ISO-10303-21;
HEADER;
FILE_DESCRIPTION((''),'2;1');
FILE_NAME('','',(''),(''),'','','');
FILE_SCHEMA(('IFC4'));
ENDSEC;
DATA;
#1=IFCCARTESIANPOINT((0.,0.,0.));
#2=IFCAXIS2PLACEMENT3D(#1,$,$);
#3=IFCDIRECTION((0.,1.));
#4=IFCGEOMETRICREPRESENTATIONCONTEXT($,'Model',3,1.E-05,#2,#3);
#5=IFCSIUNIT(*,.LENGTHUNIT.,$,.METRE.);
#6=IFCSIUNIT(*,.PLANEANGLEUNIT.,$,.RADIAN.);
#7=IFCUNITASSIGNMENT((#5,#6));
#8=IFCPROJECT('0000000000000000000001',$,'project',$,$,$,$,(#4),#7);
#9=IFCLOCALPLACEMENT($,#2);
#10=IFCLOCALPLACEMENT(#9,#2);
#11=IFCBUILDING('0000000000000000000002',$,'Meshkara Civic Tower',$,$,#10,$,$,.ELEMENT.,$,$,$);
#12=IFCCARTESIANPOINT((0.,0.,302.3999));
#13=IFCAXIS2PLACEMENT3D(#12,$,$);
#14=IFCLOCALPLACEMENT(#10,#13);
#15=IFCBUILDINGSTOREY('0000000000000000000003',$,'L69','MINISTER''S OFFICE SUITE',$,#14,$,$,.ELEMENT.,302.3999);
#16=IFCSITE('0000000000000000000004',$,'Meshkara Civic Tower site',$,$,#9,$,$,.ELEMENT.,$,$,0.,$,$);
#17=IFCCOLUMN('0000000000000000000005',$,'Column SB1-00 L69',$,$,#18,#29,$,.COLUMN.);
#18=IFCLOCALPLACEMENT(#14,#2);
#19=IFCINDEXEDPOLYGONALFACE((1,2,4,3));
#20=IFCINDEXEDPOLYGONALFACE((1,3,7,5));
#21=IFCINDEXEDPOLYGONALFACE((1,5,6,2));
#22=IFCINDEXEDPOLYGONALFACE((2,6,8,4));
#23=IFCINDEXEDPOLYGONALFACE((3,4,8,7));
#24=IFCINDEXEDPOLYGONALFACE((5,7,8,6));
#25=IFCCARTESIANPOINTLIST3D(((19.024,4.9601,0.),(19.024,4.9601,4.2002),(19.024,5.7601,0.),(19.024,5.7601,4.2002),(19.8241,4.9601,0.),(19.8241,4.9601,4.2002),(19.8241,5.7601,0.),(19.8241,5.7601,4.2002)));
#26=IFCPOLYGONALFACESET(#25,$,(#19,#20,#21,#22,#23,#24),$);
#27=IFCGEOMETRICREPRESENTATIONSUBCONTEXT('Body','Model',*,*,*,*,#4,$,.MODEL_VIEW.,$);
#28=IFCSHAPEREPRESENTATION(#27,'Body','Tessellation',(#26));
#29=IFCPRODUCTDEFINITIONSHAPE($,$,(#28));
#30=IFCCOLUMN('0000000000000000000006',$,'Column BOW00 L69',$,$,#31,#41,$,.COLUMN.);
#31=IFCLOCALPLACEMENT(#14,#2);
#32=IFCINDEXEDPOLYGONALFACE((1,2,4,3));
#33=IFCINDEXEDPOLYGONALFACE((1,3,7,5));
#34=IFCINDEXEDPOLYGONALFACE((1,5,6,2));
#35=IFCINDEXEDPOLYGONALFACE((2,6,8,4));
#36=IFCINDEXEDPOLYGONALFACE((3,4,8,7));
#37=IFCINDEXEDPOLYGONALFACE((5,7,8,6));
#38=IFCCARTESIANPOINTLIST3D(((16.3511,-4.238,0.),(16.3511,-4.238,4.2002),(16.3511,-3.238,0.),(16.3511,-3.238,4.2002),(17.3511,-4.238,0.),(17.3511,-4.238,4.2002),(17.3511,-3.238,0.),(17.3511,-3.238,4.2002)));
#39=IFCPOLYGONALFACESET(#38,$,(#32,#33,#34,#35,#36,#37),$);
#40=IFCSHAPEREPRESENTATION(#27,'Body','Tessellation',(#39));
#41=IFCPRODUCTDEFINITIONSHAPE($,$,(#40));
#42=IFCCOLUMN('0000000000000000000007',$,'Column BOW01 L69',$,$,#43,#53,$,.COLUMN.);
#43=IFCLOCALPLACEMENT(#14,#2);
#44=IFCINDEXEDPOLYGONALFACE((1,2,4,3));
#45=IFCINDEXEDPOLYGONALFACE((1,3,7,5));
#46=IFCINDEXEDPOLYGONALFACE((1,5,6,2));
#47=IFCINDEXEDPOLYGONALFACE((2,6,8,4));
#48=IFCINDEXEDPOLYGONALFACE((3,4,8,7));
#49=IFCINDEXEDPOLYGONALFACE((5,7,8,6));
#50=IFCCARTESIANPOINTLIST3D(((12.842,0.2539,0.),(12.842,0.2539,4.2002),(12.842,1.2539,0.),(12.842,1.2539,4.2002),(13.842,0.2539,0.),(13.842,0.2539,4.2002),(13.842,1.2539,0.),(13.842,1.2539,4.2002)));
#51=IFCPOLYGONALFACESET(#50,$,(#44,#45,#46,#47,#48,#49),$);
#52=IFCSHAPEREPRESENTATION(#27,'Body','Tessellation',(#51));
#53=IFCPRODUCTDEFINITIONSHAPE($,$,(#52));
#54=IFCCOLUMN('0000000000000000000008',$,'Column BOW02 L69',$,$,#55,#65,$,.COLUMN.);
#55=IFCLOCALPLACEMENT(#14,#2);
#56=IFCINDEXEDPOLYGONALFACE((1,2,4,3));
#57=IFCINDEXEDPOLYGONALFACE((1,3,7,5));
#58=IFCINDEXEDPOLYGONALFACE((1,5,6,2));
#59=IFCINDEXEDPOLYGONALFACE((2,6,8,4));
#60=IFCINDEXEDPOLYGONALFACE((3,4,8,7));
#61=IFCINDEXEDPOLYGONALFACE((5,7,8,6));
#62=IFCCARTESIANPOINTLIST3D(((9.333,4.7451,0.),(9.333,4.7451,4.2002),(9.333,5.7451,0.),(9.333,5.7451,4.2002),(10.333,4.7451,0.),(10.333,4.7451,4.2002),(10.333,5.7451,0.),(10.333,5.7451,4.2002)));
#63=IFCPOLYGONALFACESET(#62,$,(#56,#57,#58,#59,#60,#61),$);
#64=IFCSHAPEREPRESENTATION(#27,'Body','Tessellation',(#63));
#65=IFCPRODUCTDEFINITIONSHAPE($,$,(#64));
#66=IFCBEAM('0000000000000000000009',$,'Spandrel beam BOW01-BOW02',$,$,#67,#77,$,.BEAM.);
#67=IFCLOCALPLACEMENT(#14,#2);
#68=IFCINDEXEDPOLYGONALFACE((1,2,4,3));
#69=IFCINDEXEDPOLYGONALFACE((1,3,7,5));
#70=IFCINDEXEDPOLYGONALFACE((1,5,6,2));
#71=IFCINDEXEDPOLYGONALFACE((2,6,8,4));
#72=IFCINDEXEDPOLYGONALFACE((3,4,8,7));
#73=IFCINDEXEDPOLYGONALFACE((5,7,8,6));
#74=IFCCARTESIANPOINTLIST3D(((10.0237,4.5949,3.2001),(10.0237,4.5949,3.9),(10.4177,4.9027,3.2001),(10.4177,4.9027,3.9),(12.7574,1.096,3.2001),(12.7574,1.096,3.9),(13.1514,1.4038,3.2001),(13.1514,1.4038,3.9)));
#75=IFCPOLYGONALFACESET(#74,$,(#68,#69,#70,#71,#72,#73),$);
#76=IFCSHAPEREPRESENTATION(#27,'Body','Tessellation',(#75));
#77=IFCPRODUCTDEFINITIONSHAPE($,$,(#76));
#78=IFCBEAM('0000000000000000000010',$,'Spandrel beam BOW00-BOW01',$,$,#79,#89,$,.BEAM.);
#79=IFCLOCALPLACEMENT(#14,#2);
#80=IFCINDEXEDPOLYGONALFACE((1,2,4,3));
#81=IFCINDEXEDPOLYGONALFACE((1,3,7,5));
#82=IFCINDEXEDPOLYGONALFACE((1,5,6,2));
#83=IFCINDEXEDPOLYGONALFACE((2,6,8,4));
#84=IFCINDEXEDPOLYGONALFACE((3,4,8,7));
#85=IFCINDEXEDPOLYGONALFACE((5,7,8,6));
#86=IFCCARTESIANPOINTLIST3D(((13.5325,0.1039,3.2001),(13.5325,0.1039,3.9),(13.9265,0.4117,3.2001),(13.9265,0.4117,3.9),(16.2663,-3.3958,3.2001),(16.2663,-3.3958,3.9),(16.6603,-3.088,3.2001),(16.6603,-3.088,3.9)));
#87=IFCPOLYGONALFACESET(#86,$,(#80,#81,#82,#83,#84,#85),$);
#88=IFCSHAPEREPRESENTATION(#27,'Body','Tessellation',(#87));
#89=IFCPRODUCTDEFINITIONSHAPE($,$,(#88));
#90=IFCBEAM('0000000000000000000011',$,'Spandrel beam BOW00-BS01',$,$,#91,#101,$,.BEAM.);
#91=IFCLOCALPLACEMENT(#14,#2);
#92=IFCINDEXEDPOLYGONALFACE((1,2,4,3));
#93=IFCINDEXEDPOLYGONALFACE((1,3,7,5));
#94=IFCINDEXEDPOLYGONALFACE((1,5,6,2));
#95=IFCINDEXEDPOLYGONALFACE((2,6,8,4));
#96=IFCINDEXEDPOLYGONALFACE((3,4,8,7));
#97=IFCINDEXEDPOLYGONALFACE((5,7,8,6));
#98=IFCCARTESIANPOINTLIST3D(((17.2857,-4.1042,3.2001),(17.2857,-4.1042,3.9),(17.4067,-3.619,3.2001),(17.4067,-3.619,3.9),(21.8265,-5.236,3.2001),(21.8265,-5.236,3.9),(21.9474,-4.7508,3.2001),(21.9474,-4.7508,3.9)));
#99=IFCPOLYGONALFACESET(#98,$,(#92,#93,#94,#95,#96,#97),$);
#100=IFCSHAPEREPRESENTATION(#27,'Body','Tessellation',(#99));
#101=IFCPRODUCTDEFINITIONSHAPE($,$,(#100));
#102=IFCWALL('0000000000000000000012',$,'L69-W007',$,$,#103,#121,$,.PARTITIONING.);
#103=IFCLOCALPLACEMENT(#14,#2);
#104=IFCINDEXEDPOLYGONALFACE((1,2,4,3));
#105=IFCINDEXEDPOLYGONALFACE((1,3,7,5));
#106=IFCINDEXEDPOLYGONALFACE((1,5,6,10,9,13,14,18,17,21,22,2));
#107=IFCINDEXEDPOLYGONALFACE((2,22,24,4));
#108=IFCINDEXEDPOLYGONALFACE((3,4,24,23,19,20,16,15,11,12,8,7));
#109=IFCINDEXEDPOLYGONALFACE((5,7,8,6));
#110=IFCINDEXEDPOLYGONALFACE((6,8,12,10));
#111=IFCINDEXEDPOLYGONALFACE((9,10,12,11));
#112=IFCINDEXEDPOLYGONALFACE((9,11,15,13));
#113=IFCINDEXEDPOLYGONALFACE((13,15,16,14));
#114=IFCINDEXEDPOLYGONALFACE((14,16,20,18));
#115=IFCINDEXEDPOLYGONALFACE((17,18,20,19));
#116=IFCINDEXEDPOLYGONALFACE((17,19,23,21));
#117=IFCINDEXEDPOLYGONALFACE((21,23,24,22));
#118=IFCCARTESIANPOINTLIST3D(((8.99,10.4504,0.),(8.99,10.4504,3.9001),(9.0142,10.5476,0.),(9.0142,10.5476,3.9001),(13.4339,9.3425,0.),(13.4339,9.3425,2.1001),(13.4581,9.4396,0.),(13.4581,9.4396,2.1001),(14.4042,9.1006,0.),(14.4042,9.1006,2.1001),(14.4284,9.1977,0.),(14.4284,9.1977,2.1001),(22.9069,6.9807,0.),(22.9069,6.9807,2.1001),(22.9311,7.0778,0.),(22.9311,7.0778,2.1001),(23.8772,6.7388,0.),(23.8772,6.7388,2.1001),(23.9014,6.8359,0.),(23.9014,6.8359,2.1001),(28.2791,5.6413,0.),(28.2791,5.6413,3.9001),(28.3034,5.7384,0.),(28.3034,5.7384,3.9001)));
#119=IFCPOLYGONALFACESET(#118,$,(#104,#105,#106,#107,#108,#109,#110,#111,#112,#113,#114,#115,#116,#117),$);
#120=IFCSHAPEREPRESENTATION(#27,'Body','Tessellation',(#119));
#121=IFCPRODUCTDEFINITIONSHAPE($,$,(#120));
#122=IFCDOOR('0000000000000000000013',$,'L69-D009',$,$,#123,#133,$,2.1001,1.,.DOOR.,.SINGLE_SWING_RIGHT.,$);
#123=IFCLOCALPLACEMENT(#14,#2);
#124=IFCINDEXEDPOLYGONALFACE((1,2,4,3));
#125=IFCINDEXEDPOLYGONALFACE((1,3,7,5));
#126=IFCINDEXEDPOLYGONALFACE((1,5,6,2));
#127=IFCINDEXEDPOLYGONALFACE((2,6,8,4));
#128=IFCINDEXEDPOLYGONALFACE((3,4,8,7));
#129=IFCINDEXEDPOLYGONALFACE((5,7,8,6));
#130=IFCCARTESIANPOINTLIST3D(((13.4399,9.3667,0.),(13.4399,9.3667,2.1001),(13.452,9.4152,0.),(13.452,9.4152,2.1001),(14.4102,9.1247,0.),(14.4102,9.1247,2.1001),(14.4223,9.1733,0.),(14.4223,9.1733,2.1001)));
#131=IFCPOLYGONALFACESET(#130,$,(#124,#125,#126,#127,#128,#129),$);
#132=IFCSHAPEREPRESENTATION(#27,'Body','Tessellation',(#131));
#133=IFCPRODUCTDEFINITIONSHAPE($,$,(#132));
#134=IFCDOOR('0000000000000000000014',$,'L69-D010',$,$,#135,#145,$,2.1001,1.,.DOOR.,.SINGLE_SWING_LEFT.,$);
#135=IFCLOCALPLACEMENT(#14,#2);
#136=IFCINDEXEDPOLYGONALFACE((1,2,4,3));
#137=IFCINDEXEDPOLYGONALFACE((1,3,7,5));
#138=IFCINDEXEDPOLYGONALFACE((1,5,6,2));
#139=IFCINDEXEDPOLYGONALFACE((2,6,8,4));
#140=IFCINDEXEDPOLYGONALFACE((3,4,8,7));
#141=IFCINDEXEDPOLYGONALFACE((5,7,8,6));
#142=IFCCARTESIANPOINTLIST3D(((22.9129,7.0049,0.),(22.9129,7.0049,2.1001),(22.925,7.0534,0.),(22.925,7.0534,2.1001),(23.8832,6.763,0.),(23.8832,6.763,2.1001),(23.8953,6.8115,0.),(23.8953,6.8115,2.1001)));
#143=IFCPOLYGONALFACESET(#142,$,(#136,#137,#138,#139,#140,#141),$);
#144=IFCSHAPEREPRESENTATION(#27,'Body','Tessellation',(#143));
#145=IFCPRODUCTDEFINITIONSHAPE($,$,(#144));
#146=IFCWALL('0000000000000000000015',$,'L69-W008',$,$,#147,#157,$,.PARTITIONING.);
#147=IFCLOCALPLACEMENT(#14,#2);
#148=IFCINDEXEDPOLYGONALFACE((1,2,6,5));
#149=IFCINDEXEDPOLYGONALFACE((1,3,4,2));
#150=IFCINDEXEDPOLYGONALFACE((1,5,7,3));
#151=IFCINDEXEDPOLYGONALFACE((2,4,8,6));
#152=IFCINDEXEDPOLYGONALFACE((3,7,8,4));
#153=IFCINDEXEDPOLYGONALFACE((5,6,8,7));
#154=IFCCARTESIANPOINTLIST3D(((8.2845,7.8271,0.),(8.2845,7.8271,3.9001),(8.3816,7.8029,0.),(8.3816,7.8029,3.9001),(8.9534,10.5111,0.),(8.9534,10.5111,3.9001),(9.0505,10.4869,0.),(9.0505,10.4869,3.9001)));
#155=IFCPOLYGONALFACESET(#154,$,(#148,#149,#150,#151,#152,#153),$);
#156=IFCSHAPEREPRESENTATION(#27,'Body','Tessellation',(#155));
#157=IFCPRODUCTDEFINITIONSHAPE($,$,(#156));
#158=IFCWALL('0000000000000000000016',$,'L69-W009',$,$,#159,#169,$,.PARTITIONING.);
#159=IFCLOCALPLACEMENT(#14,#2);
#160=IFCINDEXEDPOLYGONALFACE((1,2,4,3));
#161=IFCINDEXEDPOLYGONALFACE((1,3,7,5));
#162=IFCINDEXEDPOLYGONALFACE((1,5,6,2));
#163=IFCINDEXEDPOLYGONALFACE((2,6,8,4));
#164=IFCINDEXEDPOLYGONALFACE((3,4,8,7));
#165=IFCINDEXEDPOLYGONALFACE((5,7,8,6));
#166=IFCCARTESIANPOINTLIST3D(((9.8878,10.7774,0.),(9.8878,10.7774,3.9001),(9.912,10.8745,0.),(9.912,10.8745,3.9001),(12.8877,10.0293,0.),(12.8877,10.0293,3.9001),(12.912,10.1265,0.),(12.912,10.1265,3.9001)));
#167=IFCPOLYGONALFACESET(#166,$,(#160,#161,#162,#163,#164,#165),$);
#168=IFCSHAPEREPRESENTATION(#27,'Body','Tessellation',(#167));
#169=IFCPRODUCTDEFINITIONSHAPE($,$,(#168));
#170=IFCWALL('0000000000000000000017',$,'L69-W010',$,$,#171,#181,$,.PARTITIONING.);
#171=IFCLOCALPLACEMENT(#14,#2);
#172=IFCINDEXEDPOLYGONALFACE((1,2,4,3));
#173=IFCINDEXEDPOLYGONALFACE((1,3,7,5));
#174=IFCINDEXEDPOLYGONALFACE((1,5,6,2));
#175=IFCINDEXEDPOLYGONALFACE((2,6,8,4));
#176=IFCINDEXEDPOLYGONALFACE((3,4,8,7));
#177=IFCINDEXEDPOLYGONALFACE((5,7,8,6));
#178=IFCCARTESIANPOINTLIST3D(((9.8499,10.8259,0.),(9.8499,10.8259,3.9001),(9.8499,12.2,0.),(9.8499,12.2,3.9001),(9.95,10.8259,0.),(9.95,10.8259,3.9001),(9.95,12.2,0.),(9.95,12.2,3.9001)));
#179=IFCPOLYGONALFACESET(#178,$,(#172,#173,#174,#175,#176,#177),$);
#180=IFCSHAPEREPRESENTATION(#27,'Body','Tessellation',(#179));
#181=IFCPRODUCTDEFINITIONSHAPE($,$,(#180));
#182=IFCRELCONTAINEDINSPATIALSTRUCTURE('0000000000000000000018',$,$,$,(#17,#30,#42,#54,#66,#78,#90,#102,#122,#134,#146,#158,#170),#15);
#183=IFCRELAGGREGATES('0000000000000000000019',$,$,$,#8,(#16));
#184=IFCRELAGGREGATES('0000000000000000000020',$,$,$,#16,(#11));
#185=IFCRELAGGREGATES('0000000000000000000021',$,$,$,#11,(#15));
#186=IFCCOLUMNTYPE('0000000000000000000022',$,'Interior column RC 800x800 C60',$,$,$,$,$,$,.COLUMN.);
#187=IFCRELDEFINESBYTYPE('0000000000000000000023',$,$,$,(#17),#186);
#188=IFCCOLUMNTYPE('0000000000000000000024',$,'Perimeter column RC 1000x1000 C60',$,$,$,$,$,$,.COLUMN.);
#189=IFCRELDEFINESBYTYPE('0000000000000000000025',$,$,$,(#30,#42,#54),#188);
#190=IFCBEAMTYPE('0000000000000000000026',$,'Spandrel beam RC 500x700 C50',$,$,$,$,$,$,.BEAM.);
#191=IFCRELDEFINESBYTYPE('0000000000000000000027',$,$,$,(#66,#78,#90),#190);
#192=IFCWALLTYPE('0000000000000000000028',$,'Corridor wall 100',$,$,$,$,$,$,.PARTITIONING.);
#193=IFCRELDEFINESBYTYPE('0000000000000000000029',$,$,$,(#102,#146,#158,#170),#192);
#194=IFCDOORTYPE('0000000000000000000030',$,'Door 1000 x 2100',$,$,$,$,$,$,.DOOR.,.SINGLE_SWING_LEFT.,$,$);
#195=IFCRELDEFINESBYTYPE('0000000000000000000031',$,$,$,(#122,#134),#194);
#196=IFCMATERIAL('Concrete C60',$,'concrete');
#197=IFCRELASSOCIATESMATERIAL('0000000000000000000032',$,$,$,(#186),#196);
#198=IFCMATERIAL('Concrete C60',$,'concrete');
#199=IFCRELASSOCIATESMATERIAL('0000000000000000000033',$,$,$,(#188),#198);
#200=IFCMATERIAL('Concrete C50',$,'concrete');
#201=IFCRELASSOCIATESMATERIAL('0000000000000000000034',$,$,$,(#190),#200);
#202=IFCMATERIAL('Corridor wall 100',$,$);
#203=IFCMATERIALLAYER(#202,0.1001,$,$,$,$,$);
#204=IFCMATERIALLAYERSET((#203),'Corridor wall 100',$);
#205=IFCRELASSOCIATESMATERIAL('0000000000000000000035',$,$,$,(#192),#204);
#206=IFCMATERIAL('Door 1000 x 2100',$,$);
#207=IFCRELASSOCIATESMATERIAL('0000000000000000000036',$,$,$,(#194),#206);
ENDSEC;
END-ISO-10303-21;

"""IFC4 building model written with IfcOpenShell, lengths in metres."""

from ifc_helpers import new_model, si_unit, direction, frame, frame_2d, origin, origin_2d, place, context, subcontext, project, spatial, rectangle, extrude, material, layer, layer_set, material_profile, profile_set, type_object, element, fill, save


model = new_model("IFC4")

# Units and contexts
model_context = context("Model", 3, precision=1e-05, world=origin(), true_north=direction((0.0, 1.0)))
body_context = subcontext(model_context, "Body", "Model", "MODEL_VIEW")
ifc_project = project(units=[si_unit("LENGTHUNIT", "METRE"), si_unit("PLANEANGLEUNIT", "RADIAN")], contexts=[model_context])

# Site, building, storey
site_placement = place(None, origin())
site = spatial("IfcSite", under=ifc_project, at=site_placement, Name="Meshkara Civic Tower site", CompositionType="ELEMENT", RefElevation=0.0)
building_placement = place(site_placement, origin())
building = spatial("IfcBuilding", under=site, at=building_placement, Name="Meshkara Civic Tower", CompositionType="ELEMENT")
storey_placement = place(building_placement, frame((0.0, 0.0, 302.3999)))
storey = spatial("IfcBuildingStorey", under=building, at=storey_placement, Name="L69", Description="MINISTER'S OFFICE SUITE", CompositionType="ELEMENT", Elevation=302.3999)

# Columns
ifc_material_1 = material(Name="Concrete C60", Category="concrete")
ifc_material_profile_1 = material_profile(ifc_material_1, rectangle(XDim=0.8, YDim=0.8, at=origin_2d()))
ifc_profile_set_1 = profile_set([ifc_material_profile_1], Name="Concrete C60")
column_type_1 = type_object("IfcColumnType", Name="Interior column RC 800x800 C60", PredefinedType="COLUMN", material=ifc_profile_set_1)
column_placement = place(storey_placement, frame((19.4241, 5.3601, 0.0), z_axis=(0.0, 0.0, 1.0), x_axis=(1.0, 0.0, 0.0)))
element("IfcColumn", 1, at=column_placement, inside=storey, type_object=column_type_1, Name="Column SB1-00 L69", PredefinedType="COLUMN", context=body_context, shape_type="SweptSolid", body=[
    extrude(rectangle(XDim=0.8, YDim=0.8, at=origin_2d()), origin(), (0.0, 0.0, 1.0), 4.2002),
])
ifc_material_2 = material(Name="Concrete C60", Category="concrete")
ifc_material_profile_2 = material_profile(ifc_material_2, rectangle(XDim=1.0, YDim=1.0, at=origin_2d()))
ifc_profile_set_2 = profile_set([ifc_material_profile_2], Name="Concrete C60")
column_type_2 = type_object("IfcColumnType", Name="Perimeter column RC 1000x1000 C60", PredefinedType="COLUMN", material=ifc_profile_set_2)
for number, where, z_axis, x_axis, name in (
    (2, (16.8511, -3.738, 0.0), (0.0, 0.0, 1.0), (1.0, 0.0, 0.0), "Column BOW00 L69"),
    (3, (13.342, 0.7539, 0.0), (0.0, 0.0, 1.0), (1.0, 0.0, 0.0), "Column BOW01 L69"),
    (4, (9.833, 5.2451, 0.0), (0.0, 0.0, 1.0), (1.0, 0.0, 0.0), "Column BOW02 L69"),
):
    element("IfcColumn", number, at=place(storey_placement, frame(where, z_axis=z_axis, x_axis=x_axis)), inside=storey, type_object=column_type_2, Name=name, PredefinedType="COLUMN", context=body_context, shape_type="SweptSolid", body=[
        extrude(rectangle(XDim=1.0, YDim=1.0, at=origin_2d()), origin(), (0.0, 0.0, 1.0), 4.2002),
    ])

# Beams
ifc_material_3 = material(Name="Concrete C50", Category="concrete")
ifc_material_profile_3 = material_profile(ifc_material_3, rectangle(XDim=0.5, YDim=0.7, at=origin_2d()))
ifc_profile_set_3 = profile_set([ifc_material_profile_3], Name="Concrete C50")
beam_type = type_object("IfcBeamType", Name="Spandrel beam RC 500x700 C50", PredefinedType="BEAM", material=ifc_profile_set_3)
beam_1_placement = place(storey_placement, frame((10.2207, 4.7488, 3.55), z_axis=(0.615675, -0.788, 0.0), x_axis=(0.788, 0.615675, 0.0)))
element("IfcBeam", 5, at=beam_1_placement, inside=storey, type_object=beam_type, Name="Spandrel beam BOW01-BOW02", PredefinedType="BEAM", context=body_context, shape_type="SweptSolid", body=[
    extrude(rectangle(XDim=0.5, YDim=0.7, at=origin_2d()), origin(), (0.0, 0.0, 1.0), 4.4402),
])
beam_2_placement = place(storey_placement, frame((13.7295, 0.2578, 3.55), z_axis=(0.615602, -0.788057, 0.0), x_axis=(0.788057, 0.615602, 0.0)))
element("IfcBeam", 6, at=beam_2_placement, inside=storey, type_object=beam_type, Name="Spandrel beam BOW00-BOW01", PredefinedType="BEAM", context=body_context, shape_type="SweptSolid", body=[
    extrude(rectangle(XDim=0.5, YDim=0.7, at=origin_2d()), origin(), (0.0, 0.0, 1.0), 4.4409),
])
beam_3_placement = place(storey_placement, frame((17.3462, -3.8616, 3.55), z_axis=(0.970311, -0.24186, 0.0), x_axis=(0.24186, 0.970311, 0.0)))
element("IfcBeam", 7, at=beam_3_placement, inside=storey, type_object=beam_type, Name="Spandrel beam BOW00-BS01", PredefinedType="BEAM", context=body_context, shape_type="SweptSolid", body=[
    extrude(rectangle(XDim=0.5, YDim=0.7, at=origin_2d()), origin(), (0.0, 0.0, 1.0), 4.6797),
])

# Wall, openings, doors
ifc_material_4 = material(Name="Corridor wall 100")
ifc_layer_1 = layer(ifc_material_4, 0.1001)
ifc_layer_set_1 = layer_set([ifc_layer_1], Name="Corridor wall 100")
wall_type_1 = type_object("IfcWallType", Name="Corridor wall 100", PredefinedType="PARTITIONING", material=ifc_layer_set_1)
wall_1_placement = place(storey_placement, frame((9.002, 10.499, 0.0), z_axis=(0.0, 0.0, 1.0), x_axis=(0.970298, -0.241911, 0.0)))
wall_1 = element("IfcWall", 8, at=wall_1_placement, inside=storey, type_object=wall_type_1, Name="L69-W007", PredefinedType="PARTITIONING", context=body_context, shape_type="SweptSolid", body=[
    extrude(rectangle(XDim=19.8796, YDim=0.1001, at=frame_2d((9.9399, 0.0))), origin(), (0.0, 0.0, 1.0), 3.9001),
])
opening_1_placement = place(wall_1_placement, frame((4.5801, 0.0, 0.0)))
opening_1 = element("IfcOpeningElement", 9, at=opening_1_placement, cuts=wall_1, PredefinedType="OPENING", context=body_context, shape_type="SweptSolid", body=[
    extrude(rectangle(XDim=1.0, YDim=2.1001, at=frame_2d((0.5, 1.05))), frame((0.0, 0.0601, 0.0), z_axis=(0.0, -1.0, 0.0), x_axis=(1.0, 0.0, 0.0)), (0.0, 0.0, 1.0), 0.1201),
])
opening_2_placement = place(wall_1_placement, frame((14.343, 0.0, 0.0)))
opening_2 = element("IfcOpeningElement", 10, at=opening_2_placement, cuts=wall_1, PredefinedType="OPENING", context=body_context, shape_type="SweptSolid", body=[
    extrude(rectangle(XDim=1.0, YDim=2.1001, at=frame_2d((0.5, 1.05))), frame((0.0, 0.0601, 0.0), z_axis=(0.0, -1.0, 0.0), x_axis=(1.0, 0.0, 0.0)), (0.0, 0.0, 1.0), 0.1201),
])
ifc_material_5 = material(Name="Door 1000 x 2100")
door_type = type_object("IfcDoorType", Name="Door 1000 x 2100", OperationType="SINGLE_SWING_LEFT", PredefinedType="DOOR", material=ifc_material_5)
door_1_placement = place(opening_1_placement, origin())
door_1 = element("IfcDoor", 11, at=door_1_placement, inside=storey, type_object=door_type, Name="L69-D009", OperationType="SINGLE_SWING_RIGHT", OverallHeight=2.1001, OverallWidth=1.0, PredefinedType="DOOR", context=body_context, shape_type="SweptSolid", body=[
    extrude(rectangle(XDim=1.0, YDim=2.1001, at=frame_2d((0.5, 1.05))), frame((0.0, 0.0249, 0.0), z_axis=(0.0, -1.0, 0.0), x_axis=(1.0, 0.0, 0.0)), (0.0, 0.0, 1.0), 0.05),
])
fill(opening_1, door_1)
door_2_placement = place(opening_2_placement, origin())
door_2 = element("IfcDoor", 12, at=door_2_placement, inside=storey, type_object=door_type, Name="L69-D010", OperationType="SINGLE_SWING_LEFT", OverallHeight=2.1001, OverallWidth=1.0, PredefinedType="DOOR", context=body_context, shape_type="SweptSolid", body=[
    extrude(rectangle(XDim=1.0, YDim=2.1001, at=frame_2d((0.5, 1.05))), frame((0.0, 0.0249, 0.0), z_axis=(0.0, -1.0, 0.0), x_axis=(1.0, 0.0, 0.0)), (0.0, 0.0, 1.0), 0.05),
])
fill(opening_2, door_2)

# Walls
wall_2_placement = place(storey_placement, frame((9.002, 10.499, 0.0), z_axis=(0.0, 0.0, 1.0), x_axis=(-0.241829, -0.970319, 0.0)))
element("IfcWall", 13, at=wall_2_placement, inside=storey, type_object=wall_type_1, Name="L69-W008", PredefinedType="PARTITIONING", context=body_context, shape_type="SweptSolid", body=[
    extrude(rectangle(XDim=2.7661, YDim=0.1001, at=frame_2d((1.3831, 0.0))), origin(), (0.0, 0.0, 1.0), 3.9001),
])
wall_3_placement = place(storey_placement, frame((9.8999, 10.8259, 0.0), z_axis=(0.0, 0.0, 1.0), x_axis=(0.970291, -0.241941, 0.0)))
element("IfcWall", 14, at=wall_3_placement, inside=storey, type_object=wall_type_1, Name="L69-W009", PredefinedType="PARTITIONING", context=body_context, shape_type="SweptSolid", body=[
    extrude(rectangle(XDim=3.0918, YDim=0.1001, at=frame_2d((1.5459, 0.0))), origin(), (0.0, 0.0, 1.0), 3.9001),
])
wall_4_placement = place(storey_placement, frame((9.8999, 12.2, 0.0), z_axis=(0.0, 0.0, 1.0), x_axis=(0.0, -1.0, 0.0)))
element("IfcWall", 15, at=wall_4_placement, inside=storey, type_object=wall_type_1, Name="L69-W010", PredefinedType="PARTITIONING", context=body_context, shape_type="SweptSolid", body=[
    extrude(rectangle(XDim=1.374, YDim=0.1001, at=frame_2d((0.687, 0.0))), origin(), (0.0, 0.0, 1.0), 3.9001),
])

save(model, "model.ifc")
